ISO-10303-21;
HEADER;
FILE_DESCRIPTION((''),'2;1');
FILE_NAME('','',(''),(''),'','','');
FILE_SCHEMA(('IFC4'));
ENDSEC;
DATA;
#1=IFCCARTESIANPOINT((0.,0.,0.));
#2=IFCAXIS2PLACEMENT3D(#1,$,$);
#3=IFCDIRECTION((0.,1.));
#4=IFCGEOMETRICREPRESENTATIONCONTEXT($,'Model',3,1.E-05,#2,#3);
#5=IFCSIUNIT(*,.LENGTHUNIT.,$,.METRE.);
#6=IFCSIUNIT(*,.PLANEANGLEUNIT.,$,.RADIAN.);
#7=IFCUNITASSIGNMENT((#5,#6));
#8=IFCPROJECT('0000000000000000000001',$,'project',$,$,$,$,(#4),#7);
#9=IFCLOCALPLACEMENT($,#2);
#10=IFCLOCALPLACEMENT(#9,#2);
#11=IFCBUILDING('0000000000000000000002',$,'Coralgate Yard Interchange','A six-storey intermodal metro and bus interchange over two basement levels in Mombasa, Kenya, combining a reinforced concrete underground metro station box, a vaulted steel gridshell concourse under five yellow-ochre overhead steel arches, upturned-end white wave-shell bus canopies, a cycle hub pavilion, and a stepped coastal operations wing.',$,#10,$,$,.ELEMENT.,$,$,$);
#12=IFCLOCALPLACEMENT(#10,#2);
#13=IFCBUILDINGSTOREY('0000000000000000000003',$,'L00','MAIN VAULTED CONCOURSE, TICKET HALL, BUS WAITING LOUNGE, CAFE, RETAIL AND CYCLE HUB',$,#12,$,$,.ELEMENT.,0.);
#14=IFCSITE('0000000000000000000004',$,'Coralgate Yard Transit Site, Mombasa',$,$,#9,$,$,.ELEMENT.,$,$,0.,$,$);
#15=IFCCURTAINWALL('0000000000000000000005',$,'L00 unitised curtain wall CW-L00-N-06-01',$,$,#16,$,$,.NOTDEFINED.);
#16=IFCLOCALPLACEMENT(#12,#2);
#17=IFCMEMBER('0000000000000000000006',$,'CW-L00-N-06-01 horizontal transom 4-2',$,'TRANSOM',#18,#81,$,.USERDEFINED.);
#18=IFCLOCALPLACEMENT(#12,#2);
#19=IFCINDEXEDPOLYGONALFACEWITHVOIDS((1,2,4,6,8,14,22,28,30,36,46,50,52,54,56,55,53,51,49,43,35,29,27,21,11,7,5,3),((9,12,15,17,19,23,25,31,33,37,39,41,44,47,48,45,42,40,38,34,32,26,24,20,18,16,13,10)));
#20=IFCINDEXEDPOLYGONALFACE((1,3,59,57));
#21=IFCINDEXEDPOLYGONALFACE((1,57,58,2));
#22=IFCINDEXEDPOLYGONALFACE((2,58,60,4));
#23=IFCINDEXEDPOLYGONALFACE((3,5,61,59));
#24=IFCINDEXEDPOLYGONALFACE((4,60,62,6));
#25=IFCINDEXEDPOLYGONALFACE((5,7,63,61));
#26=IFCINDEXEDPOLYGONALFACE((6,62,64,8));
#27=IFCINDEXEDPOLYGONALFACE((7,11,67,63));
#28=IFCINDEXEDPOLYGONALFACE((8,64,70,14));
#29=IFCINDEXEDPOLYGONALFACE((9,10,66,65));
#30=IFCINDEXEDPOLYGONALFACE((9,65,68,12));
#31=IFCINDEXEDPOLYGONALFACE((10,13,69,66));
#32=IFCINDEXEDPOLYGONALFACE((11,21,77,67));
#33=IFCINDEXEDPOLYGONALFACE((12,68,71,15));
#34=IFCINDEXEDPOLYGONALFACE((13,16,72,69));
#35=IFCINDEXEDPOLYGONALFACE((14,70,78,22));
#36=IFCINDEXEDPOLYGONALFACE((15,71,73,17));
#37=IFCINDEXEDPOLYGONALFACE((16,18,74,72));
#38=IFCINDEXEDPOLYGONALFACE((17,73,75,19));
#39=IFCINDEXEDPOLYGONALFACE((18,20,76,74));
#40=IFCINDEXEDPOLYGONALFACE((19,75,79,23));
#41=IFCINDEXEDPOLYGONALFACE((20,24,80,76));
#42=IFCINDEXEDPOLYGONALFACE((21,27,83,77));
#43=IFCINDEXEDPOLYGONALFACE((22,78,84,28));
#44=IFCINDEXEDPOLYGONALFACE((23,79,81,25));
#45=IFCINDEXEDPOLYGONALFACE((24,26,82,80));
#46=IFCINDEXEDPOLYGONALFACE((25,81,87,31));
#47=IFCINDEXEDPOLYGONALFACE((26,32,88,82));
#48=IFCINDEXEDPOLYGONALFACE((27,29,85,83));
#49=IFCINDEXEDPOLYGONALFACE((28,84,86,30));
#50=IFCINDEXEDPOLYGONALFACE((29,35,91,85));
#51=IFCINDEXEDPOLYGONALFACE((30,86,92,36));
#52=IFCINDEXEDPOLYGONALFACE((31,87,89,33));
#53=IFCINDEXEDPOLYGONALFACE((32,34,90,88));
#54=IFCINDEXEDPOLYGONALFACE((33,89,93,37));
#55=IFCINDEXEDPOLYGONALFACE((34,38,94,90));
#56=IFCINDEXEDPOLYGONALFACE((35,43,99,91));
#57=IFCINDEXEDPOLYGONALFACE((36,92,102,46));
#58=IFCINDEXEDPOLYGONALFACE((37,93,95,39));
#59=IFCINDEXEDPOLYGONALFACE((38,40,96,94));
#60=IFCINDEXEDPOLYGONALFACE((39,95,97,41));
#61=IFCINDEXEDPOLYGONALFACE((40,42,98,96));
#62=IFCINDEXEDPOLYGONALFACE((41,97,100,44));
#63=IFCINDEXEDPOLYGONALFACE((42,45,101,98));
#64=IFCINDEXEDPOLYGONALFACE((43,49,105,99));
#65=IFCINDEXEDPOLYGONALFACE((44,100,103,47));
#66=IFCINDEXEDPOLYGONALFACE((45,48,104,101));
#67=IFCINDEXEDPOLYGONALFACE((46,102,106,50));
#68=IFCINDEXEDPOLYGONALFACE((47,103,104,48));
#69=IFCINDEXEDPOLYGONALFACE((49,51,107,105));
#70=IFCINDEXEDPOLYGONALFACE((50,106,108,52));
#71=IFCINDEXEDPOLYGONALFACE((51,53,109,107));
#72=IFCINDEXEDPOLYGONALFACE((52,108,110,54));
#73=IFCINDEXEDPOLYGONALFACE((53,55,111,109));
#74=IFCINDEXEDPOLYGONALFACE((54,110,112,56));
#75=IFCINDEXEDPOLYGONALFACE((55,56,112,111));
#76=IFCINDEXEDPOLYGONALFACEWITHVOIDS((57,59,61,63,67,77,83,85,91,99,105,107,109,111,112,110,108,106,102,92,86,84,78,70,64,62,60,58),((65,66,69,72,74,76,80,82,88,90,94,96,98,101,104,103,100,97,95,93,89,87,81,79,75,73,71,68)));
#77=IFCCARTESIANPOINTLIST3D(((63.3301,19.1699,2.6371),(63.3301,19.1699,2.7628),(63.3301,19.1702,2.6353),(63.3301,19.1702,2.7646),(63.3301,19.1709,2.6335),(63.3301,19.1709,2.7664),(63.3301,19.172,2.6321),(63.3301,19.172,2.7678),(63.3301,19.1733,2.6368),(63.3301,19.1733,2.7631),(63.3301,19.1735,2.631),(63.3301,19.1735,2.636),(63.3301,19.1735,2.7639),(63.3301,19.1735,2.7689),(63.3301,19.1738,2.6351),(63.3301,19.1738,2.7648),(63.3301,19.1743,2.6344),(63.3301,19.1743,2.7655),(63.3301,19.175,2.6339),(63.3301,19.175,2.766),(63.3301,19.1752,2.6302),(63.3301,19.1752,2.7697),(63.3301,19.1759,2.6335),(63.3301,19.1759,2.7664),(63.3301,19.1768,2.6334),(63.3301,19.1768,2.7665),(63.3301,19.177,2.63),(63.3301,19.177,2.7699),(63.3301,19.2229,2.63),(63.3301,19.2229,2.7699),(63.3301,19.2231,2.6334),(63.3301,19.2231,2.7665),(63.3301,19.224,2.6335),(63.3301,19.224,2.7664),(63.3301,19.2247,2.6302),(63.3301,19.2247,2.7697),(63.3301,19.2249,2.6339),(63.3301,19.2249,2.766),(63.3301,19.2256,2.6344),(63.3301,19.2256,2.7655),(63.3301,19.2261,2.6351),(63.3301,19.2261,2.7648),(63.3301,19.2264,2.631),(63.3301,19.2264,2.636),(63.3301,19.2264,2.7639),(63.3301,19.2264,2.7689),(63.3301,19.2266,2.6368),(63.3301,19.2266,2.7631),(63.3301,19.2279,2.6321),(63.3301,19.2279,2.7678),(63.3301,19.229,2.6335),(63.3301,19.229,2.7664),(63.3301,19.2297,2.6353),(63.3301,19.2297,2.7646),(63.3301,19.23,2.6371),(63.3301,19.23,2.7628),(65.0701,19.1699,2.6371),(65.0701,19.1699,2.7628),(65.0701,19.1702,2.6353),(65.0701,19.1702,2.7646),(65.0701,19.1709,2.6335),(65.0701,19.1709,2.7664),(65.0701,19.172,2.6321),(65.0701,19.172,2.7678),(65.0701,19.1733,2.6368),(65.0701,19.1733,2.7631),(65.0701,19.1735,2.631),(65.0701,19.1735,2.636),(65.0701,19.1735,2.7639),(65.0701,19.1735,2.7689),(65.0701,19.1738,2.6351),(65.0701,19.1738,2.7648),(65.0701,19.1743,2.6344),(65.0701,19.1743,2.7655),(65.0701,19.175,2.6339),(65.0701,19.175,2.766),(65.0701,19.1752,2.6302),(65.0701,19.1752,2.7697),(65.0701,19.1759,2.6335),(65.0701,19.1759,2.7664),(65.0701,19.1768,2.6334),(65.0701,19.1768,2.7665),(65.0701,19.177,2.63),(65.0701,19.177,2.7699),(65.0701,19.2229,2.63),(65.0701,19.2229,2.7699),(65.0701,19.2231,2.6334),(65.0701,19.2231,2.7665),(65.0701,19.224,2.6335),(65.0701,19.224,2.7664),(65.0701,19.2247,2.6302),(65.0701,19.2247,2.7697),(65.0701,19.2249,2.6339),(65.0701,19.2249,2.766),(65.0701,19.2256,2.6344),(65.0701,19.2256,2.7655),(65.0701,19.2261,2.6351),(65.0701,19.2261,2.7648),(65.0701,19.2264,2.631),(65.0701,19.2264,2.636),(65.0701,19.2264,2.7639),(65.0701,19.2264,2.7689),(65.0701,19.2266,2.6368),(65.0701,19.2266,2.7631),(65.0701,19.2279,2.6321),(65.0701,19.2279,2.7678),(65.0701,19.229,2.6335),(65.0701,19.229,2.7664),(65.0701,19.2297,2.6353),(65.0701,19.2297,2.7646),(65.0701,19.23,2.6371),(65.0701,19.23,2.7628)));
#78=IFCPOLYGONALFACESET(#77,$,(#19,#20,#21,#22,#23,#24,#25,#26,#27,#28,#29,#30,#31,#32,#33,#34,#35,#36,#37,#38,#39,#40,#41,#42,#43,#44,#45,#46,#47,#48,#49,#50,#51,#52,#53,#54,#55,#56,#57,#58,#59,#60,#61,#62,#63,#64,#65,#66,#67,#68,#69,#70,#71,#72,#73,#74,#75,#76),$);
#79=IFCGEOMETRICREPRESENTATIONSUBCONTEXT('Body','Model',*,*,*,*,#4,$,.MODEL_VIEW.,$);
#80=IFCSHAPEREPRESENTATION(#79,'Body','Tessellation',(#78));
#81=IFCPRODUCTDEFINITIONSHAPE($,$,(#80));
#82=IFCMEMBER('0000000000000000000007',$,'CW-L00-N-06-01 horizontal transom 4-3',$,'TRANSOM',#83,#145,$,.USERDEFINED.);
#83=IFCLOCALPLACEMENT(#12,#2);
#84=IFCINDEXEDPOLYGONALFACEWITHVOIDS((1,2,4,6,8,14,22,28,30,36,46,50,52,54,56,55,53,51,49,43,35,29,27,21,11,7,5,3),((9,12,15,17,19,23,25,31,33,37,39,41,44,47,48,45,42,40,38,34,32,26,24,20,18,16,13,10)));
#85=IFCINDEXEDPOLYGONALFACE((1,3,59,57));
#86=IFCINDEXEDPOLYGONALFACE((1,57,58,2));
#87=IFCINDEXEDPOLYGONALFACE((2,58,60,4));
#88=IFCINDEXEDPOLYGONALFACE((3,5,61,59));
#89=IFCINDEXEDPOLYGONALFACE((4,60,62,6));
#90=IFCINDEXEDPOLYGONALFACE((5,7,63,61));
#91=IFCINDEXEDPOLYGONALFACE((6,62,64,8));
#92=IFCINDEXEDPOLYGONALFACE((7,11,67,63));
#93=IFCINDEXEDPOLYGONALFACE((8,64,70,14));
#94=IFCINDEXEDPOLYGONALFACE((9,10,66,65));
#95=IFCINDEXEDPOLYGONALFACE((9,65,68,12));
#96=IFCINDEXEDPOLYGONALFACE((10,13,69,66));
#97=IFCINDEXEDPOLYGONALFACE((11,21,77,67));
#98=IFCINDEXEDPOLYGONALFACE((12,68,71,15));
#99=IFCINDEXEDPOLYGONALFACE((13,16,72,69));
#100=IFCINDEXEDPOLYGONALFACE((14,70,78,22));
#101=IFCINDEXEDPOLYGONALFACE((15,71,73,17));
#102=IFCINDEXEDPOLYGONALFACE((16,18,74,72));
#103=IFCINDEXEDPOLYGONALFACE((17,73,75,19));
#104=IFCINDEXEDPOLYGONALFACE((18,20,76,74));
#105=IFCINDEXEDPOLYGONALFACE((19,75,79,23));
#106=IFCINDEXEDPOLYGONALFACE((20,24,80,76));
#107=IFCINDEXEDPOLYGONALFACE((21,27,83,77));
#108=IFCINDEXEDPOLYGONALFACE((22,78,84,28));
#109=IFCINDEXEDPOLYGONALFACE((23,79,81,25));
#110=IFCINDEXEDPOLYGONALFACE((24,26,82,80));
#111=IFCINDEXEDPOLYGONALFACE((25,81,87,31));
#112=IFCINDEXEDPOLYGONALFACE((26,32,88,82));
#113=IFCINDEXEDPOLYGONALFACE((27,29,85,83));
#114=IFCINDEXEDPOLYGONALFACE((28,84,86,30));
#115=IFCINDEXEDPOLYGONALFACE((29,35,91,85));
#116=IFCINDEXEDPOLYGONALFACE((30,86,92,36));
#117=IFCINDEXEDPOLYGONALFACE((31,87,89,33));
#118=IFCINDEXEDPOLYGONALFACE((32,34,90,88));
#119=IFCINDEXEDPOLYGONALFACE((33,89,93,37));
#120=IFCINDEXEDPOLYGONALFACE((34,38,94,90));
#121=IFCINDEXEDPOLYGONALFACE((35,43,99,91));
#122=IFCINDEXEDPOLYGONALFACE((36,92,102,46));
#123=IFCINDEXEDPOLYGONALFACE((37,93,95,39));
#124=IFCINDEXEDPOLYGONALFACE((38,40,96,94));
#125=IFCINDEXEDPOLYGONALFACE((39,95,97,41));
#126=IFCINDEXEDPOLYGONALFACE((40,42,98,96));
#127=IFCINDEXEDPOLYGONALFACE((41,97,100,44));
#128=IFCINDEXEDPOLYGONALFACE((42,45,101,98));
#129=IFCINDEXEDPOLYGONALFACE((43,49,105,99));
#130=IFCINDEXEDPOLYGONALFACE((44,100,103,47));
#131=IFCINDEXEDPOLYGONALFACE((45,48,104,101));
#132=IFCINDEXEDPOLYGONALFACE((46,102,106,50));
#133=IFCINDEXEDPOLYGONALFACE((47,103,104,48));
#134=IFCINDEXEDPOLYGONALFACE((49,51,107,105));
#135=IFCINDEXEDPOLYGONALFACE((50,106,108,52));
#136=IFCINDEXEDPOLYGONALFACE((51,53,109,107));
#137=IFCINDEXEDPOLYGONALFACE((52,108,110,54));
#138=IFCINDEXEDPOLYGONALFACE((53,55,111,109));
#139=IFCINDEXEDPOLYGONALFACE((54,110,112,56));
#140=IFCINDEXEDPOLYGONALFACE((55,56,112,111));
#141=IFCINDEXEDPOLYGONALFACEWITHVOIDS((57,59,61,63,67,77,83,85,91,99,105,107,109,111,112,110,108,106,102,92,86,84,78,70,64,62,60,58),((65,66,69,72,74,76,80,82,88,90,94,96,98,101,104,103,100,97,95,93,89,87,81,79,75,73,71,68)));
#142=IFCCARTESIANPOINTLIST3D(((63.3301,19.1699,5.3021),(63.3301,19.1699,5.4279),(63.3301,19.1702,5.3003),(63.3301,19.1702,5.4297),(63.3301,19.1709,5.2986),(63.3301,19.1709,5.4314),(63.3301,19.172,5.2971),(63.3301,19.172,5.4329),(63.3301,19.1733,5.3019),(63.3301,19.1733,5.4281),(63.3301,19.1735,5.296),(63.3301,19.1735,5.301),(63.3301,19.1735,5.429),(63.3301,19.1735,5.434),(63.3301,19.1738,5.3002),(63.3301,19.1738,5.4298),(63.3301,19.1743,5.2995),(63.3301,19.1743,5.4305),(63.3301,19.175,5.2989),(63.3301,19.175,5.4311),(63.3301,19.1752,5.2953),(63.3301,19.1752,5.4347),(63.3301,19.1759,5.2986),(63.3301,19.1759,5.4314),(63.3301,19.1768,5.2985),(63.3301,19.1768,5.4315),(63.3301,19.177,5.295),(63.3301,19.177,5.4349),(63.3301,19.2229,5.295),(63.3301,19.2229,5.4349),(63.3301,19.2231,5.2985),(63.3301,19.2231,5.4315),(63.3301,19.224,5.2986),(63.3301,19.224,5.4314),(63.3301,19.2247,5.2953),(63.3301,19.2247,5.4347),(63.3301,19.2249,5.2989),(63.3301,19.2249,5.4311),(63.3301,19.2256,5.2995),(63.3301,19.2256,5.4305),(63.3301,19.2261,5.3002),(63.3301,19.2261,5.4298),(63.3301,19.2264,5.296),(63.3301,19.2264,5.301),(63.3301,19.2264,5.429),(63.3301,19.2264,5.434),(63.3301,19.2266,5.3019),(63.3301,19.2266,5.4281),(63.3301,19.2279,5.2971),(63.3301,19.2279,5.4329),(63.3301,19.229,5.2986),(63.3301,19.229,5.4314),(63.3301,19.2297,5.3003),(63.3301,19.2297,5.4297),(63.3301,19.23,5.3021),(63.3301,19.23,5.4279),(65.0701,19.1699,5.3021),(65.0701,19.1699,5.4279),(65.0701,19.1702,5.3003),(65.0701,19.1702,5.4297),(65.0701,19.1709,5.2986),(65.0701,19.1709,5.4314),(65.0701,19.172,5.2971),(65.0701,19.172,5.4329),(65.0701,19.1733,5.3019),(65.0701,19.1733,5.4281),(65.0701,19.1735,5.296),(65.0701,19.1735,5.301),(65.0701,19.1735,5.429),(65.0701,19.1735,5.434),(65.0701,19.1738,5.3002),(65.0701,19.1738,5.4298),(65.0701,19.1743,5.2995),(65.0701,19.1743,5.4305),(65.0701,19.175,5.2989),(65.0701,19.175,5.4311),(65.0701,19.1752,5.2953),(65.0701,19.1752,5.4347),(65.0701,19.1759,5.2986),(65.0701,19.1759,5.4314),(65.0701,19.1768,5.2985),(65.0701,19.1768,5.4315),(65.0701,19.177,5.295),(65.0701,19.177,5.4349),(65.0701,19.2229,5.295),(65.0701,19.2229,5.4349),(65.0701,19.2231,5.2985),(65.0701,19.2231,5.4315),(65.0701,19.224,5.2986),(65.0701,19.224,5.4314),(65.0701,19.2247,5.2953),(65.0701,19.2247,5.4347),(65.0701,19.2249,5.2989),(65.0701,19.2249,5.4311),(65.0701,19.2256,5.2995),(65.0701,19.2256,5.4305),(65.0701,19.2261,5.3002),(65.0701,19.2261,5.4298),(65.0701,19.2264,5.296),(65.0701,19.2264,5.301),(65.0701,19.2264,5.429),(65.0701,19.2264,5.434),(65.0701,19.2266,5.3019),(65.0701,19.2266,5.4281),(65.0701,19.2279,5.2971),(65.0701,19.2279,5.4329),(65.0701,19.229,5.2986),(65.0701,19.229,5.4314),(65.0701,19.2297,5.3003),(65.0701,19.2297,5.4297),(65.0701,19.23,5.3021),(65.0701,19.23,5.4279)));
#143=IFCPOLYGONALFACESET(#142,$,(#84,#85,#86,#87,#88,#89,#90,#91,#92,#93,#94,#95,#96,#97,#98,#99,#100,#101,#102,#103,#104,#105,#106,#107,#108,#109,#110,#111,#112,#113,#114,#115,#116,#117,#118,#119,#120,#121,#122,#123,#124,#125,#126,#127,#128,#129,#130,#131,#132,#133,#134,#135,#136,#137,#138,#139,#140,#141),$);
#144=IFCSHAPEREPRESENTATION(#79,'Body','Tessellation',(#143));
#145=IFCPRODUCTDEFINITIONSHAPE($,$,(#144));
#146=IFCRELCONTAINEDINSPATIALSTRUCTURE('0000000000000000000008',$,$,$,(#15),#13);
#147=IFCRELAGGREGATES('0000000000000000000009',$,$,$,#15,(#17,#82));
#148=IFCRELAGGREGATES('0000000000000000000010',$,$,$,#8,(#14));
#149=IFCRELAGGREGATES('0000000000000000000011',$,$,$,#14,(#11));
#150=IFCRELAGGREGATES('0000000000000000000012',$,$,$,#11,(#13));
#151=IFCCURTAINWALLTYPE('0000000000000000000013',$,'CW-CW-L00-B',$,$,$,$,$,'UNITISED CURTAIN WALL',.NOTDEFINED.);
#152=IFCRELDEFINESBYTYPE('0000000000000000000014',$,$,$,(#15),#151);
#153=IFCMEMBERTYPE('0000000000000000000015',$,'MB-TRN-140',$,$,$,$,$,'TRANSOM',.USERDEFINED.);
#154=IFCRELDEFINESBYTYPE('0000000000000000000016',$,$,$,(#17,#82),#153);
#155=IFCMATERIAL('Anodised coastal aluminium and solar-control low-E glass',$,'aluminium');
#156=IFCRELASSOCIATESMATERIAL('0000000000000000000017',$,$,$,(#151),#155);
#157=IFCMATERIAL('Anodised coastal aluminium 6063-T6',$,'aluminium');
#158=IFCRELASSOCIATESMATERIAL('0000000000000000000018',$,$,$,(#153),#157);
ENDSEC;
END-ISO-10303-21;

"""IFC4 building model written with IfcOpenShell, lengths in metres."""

from ifc_helpers import new_model, si_unit, direction, frame, origin, origin_2d, place, context, subcontext, project, spatial, hollow_rectangle, extrude, material, material_profile, profile_set, type_object, element, aggregate, save


model = new_model("IFC4")

# Units and contexts
model_context = context("Model", 3, precision=1e-05, world=origin(), true_north=direction((0.0, 1.0)))
body_context = subcontext(model_context, "Body", "Model", "MODEL_VIEW")
ifc_project = project(units=[si_unit("LENGTHUNIT", "METRE"), si_unit("PLANEANGLEUNIT", "RADIAN")], contexts=[model_context])

# Site, building, storey
site_placement = place(None, origin())
site = spatial("IfcSite", under=ifc_project, at=site_placement, Name="Coralgate Yard Transit Site, Mombasa", CompositionType="ELEMENT", RefElevation=0.0)
building_placement = place(site_placement, origin())
building = spatial("IfcBuilding", under=site, at=building_placement, Name="Coralgate Yard Interchange", Description="A six-storey intermodal metro and bus interchange over two basement levels in Mombasa, Kenya, combining a reinforced concrete underground metro station box, a vaulted steel gridshell concourse under five yellow-ochre overhead steel arches, upturned-end white wave-shell bus canopies, a cycle hub pavilion, and a stepped coastal operations wing.", CompositionType="ELEMENT")
storey_placement = place(building_placement, origin())
storey = spatial("IfcBuildingStorey", under=building, at=storey_placement, Name="L00", Description="MAIN VAULTED CONCOURSE, TICKET HALL, BUS WAITING LOUNGE, CAFE, RETAIL AND CYCLE HUB", CompositionType="ELEMENT", Elevation=0.0)

# Shared definitions
ifc_material_1 = material(Name="Anodised coastal aluminium and solar-control low-E glass", Category="aluminium")
ifc_material_2 = material(Name="Anodised coastal aluminium 6063-T6", Category="aluminium")

# Curtain wall
curtain_wall_type_1 = type_object("IfcCurtainWallType", Name="CW-CW-L00-B", ElementType="UNITISED CURTAIN WALL", PredefinedType="NOTDEFINED", material=ifc_material_1)
curtain_wall_1_placement = place(storey_placement, origin())
curtain_wall_1 = element("IfcCurtainWall", 1, at=curtain_wall_1_placement, inside=storey, type_object=curtain_wall_type_1, Name="L00 unitised curtain wall CW-L00-N-06-01", PredefinedType="NOTDEFINED")

# Members
ifc_material_profile_1 = material_profile(ifc_material_2, hollow_rectangle(XDim=0.0601, YDim=0.1399, WallThickness=0.0034, InnerFilletRadius=0.0034, OuterFilletRadius=0.0071, at=origin_2d()), Name="ALU 60x140x3.5")
ifc_profile_set_1 = profile_set([ifc_material_profile_1], Name="Anodised coastal aluminium 6063-T6")
member_type_1 = type_object("IfcMemberType", Name="MB-TRN-140", ElementType="TRANSOM", PredefinedType="USERDEFINED", material=ifc_profile_set_1)
member_1_placement = place(storey_placement, frame((63.3301, 19.2, 2.7), z_axis=(1.0, 0.0, 0.0), x_axis=(0.0, 1.0, 0.0)))
member_1 = element("IfcMember", 2, at=member_1_placement, type_object=member_type_1, Name="CW-L00-N-06-01 horizontal transom 4-2", ObjectType="TRANSOM", PredefinedType="USERDEFINED", context=body_context, shape_type="SweptSolid", body=[
    extrude(hollow_rectangle(XDim=0.0601, YDim=0.1399, WallThickness=0.0034, InnerFilletRadius=0.0034, OuterFilletRadius=0.0071, at=origin_2d()), origin(), (0.0, 0.0, 1.0), 1.74),
])
member_2_placement = place(storey_placement, frame((63.3301, 19.2, 5.365), z_axis=(1.0, 0.0, 0.0), x_axis=(0.0, 1.0, 0.0)))
member_2 = element("IfcMember", 3, at=member_2_placement, type_object=member_type_1, Name="CW-L00-N-06-01 horizontal transom 4-3", ObjectType="TRANSOM", PredefinedType="USERDEFINED", context=body_context, shape_type="SweptSolid", body=[
    extrude(hollow_rectangle(XDim=0.0601, YDim=0.1399, WallThickness=0.0034, InnerFilletRadius=0.0034, OuterFilletRadius=0.0071, at=origin_2d()), origin(), (0.0, 0.0, 1.0), 1.74),
])

aggregate(curtain_wall_1, [member_1, member_2])

save(model, "model.ifc")
